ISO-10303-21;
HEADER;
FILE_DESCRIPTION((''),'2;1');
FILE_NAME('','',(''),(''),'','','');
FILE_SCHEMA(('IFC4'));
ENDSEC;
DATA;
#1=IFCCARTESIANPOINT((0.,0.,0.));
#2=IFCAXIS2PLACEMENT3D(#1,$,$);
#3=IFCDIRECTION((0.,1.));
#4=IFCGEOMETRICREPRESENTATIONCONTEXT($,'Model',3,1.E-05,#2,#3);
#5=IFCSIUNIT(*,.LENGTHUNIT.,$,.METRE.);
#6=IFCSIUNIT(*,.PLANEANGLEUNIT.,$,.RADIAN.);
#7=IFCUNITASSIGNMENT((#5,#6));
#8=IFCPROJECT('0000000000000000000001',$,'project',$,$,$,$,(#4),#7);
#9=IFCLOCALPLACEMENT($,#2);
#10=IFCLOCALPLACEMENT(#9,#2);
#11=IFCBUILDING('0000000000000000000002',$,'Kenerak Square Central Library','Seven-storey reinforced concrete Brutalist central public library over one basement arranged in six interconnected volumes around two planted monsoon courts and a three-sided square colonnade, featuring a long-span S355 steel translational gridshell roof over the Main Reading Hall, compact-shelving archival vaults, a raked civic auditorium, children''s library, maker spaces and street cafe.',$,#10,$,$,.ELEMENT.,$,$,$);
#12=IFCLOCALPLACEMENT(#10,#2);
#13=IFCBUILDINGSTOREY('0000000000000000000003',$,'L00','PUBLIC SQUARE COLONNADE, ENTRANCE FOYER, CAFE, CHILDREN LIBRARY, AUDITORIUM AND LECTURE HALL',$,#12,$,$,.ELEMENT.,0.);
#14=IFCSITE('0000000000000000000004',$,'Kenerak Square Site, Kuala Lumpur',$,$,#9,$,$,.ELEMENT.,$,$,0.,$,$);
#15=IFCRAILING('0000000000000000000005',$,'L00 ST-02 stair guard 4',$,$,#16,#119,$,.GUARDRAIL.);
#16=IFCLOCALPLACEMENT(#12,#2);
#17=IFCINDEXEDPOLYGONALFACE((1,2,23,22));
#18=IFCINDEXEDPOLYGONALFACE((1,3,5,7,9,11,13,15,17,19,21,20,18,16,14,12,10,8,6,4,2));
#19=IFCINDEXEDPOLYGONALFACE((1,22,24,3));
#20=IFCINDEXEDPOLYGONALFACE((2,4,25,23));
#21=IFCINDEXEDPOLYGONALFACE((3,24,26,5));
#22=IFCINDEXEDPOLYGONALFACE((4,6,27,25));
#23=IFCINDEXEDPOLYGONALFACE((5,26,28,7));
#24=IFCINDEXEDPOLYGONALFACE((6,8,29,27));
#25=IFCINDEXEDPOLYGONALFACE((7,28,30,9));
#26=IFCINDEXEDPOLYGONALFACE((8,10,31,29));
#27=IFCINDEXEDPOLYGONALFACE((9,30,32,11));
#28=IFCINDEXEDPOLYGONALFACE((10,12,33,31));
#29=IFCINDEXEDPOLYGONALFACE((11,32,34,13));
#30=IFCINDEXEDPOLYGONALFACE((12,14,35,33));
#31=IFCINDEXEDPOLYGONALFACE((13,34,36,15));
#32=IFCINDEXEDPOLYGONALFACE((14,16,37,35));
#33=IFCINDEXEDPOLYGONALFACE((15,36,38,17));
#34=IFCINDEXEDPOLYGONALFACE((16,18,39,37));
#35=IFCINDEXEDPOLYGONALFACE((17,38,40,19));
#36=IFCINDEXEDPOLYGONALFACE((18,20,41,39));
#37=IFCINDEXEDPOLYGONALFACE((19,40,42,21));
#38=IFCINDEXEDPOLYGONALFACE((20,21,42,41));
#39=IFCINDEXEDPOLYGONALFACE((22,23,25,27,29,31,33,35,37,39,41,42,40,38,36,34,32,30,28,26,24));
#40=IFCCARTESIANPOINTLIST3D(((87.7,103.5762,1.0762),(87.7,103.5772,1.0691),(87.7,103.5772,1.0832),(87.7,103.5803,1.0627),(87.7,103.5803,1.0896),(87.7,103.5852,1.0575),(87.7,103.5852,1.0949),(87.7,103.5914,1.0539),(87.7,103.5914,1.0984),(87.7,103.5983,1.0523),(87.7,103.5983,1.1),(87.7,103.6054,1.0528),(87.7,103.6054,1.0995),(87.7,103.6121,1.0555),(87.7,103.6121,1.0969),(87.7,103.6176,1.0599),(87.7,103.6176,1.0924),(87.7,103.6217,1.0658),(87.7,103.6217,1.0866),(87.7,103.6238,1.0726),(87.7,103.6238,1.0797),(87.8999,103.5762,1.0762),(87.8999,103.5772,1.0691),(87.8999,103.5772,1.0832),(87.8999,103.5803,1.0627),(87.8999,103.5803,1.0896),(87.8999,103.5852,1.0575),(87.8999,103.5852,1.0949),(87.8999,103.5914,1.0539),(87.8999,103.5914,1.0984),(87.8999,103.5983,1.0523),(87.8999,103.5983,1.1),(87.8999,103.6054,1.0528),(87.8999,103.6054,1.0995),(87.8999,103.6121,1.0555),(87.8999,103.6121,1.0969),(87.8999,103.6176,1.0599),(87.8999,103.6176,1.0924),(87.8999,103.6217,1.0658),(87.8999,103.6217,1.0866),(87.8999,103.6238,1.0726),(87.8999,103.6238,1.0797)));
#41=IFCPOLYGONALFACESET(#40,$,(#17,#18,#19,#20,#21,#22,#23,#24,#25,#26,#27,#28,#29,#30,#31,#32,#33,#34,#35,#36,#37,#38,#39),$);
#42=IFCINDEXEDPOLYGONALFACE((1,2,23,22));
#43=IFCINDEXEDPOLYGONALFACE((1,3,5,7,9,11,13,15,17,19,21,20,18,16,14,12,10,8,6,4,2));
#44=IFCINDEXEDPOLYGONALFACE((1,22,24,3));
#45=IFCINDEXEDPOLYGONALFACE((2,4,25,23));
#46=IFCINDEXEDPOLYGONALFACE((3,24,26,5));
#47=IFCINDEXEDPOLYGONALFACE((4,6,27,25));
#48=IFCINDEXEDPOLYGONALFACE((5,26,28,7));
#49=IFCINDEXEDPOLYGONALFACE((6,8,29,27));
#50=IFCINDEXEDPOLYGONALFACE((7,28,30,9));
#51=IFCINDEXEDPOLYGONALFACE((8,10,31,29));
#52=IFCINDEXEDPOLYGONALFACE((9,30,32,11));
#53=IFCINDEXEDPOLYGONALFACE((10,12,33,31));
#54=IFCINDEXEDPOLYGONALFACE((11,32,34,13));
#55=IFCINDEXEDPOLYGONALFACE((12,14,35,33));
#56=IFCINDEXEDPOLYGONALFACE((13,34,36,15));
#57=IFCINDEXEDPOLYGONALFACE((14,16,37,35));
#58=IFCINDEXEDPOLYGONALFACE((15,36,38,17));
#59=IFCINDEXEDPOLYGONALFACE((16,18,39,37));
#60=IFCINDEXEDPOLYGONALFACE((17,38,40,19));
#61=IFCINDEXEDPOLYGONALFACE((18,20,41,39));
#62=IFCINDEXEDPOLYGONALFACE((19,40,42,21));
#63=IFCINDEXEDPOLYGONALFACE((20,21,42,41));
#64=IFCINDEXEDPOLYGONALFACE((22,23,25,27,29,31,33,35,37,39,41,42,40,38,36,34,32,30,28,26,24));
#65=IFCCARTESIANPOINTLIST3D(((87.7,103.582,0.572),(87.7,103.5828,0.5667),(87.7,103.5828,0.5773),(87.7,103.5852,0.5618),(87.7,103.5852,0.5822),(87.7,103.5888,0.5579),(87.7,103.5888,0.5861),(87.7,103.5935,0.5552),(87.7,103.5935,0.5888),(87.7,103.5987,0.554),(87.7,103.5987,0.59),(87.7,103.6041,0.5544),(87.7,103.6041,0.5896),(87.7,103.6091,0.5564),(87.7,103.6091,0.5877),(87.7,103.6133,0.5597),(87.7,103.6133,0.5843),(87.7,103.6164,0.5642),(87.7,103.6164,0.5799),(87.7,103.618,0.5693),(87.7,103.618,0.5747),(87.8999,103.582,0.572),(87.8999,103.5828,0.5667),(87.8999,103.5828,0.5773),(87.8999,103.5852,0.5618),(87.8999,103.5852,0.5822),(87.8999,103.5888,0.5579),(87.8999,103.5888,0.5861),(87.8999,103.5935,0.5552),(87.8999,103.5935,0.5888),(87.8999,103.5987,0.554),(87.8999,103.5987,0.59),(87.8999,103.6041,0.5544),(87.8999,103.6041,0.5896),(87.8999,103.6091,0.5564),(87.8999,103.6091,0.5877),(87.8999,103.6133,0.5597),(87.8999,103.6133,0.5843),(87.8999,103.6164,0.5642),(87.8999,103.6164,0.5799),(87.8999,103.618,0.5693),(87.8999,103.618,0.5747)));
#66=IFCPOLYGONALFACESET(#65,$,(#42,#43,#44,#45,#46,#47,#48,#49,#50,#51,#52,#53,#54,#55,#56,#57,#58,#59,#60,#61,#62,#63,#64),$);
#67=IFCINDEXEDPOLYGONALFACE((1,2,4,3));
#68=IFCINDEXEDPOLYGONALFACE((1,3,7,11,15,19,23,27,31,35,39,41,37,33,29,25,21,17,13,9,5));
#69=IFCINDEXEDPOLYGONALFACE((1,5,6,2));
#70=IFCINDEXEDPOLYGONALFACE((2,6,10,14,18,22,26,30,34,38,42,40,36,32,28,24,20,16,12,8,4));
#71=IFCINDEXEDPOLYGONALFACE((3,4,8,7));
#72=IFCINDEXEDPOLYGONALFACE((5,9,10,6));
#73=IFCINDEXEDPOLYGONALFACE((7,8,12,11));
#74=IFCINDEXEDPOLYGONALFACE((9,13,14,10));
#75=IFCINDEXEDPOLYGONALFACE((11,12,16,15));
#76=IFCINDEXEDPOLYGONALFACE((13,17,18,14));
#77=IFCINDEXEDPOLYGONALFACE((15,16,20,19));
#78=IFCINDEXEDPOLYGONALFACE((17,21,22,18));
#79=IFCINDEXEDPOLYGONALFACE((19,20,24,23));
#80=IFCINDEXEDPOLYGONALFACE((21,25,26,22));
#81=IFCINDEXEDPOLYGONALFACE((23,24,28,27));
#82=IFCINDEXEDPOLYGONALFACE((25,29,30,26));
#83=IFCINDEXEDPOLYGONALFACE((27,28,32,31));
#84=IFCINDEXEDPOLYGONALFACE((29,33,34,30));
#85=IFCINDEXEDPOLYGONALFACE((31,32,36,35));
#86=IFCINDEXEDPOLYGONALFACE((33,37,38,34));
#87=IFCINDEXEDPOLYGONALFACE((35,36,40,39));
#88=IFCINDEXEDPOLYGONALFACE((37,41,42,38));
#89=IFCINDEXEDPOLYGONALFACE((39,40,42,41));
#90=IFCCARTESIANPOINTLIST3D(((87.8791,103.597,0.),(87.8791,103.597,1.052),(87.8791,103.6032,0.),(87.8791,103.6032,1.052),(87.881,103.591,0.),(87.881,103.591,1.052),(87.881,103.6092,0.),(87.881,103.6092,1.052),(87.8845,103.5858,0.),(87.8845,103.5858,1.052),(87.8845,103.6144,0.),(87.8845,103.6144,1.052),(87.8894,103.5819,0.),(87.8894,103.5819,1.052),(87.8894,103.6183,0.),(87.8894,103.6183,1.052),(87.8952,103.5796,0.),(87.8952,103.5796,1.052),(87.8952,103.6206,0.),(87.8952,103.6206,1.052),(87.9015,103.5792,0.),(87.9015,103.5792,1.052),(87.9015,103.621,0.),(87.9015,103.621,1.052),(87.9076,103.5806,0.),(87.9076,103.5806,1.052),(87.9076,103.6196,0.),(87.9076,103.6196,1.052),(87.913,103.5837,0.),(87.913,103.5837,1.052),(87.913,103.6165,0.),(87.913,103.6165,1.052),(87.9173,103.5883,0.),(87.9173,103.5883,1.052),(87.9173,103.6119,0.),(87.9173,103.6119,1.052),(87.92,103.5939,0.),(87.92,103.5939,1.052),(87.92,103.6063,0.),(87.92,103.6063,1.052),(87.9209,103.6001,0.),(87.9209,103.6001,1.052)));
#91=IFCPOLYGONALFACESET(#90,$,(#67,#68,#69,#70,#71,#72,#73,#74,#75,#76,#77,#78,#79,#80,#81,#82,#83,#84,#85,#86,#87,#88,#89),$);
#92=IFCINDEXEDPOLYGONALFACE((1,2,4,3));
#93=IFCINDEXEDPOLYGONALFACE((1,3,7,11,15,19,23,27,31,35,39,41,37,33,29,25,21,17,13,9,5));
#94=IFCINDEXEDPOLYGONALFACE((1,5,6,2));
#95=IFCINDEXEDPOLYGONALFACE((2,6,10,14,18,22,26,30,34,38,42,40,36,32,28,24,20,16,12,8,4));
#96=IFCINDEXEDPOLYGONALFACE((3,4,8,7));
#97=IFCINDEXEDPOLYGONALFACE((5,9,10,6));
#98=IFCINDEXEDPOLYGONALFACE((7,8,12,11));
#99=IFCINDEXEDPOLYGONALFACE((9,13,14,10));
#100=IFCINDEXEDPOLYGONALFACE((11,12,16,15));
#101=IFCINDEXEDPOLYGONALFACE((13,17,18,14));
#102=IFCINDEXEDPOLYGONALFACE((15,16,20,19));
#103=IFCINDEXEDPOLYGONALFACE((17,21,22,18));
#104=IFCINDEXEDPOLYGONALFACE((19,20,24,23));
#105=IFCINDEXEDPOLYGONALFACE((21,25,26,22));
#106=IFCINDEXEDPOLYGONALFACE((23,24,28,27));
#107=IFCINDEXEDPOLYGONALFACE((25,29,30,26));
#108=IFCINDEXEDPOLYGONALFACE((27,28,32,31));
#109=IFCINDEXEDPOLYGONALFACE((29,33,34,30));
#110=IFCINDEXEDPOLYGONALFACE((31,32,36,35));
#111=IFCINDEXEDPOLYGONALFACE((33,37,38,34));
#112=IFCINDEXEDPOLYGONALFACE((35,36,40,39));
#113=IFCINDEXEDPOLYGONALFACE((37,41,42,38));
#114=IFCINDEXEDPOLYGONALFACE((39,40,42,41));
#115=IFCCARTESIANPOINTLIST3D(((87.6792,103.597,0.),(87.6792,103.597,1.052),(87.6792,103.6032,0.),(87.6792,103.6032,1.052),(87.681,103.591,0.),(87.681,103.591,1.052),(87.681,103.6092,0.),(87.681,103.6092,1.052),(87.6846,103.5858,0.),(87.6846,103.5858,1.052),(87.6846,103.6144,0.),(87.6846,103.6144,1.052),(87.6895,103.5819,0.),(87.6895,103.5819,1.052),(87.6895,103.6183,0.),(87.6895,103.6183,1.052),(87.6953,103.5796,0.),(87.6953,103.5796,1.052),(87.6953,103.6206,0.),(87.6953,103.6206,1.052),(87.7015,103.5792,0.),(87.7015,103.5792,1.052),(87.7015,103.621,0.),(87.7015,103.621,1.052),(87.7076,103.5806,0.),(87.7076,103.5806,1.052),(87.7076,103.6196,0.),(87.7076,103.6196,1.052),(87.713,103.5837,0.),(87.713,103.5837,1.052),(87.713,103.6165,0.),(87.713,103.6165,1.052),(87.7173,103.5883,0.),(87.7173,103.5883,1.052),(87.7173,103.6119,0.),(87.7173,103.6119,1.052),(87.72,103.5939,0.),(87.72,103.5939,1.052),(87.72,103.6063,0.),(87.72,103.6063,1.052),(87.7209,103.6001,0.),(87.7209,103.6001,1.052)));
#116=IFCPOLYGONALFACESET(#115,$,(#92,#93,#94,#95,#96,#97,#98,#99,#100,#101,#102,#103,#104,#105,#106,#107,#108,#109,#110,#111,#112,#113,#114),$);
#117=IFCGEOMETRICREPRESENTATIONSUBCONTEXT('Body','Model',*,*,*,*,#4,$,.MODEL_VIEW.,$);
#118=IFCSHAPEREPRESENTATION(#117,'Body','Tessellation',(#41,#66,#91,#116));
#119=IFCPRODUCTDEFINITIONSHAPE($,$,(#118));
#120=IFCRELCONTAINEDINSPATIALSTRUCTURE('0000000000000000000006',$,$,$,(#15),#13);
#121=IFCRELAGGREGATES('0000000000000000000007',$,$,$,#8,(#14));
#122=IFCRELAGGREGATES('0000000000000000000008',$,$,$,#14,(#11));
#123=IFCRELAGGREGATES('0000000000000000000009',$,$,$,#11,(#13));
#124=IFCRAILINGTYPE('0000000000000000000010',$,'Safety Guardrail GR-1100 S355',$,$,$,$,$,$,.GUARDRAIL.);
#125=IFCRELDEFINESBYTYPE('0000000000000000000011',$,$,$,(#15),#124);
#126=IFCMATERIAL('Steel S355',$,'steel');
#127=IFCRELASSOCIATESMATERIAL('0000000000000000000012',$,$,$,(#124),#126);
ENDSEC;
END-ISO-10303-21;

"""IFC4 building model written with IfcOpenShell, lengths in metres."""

from ifc_helpers import new_model, si_unit, direction, frame, origin, origin_2d, place, context, subcontext, project, spatial, circle, extrude, material, type_object, element, save


model = new_model("IFC4")

# Units and contexts
model_context = context("Model", 3, precision=1e-05, world=origin(), true_north=direction((0.0, 1.0)))
body_context = subcontext(model_context, "Body", "Model", "MODEL_VIEW")
ifc_project = project(units=[si_unit("LENGTHUNIT", "METRE"), si_unit("PLANEANGLEUNIT", "RADIAN")], contexts=[model_context])

# Site, building, storey
site_placement = place(None, origin())
site = spatial("IfcSite", under=ifc_project, at=site_placement, Name="Kenerak Square Site, Kuala Lumpur", CompositionType="ELEMENT", RefElevation=0.0)
building_placement = place(site_placement, origin())
building = spatial("IfcBuilding", under=site, at=building_placement, Name="Kenerak Square Central Library", Description="Seven-storey reinforced concrete Brutalist central public library over one basement arranged in six interconnected volumes around two planted monsoon courts and a three-sided square colonnade, featuring a long-span S355 steel translational gridshell roof over the Main Reading Hall, compact-shelving archival vaults, a raked civic auditorium, children's library, maker spaces and street cafe.", CompositionType="ELEMENT")
storey_placement = place(building_placement, origin())
storey = spatial("IfcBuildingStorey", under=building, at=storey_placement, Name="L00", Description="PUBLIC SQUARE COLONNADE, ENTRANCE FOYER, CAFE, CHILDREN LIBRARY, AUDITORIUM AND LECTURE HALL", CompositionType="ELEMENT", Elevation=0.0)

# Shared definitions
ifc_material_1 = material(Name="Steel S355", Category="steel")

# Railing
railing_type = type_object("IfcRailingType", Name="Safety Guardrail GR-1100 S355", PredefinedType="GUARDRAIL", material=ifc_material_1)
railing_1_placement = place(storey_placement, frame((87.8999, 103.6001, 0.0)))
element("IfcRailing", 1, at=railing_1_placement, inside=storey, type_object=railing_type, Name="L00 ST-02 stair guard 4", PredefinedType="GUARDRAIL", context=body_context, shape_type="SweptSolid", body=[
    extrude(circle(Radius=0.0239, at=origin_2d()), frame((0.0, 0.0, 1.0762), z_axis=(-1.0, 0.0, 0.0), x_axis=(0.0, -1.0, 0.0)), (0.0, 0.0, 1.0), 0.2),
    extrude(circle(Radius=0.0181, at=origin_2d()), frame((0.0, 0.0, 0.572), z_axis=(-1.0, 0.0, 0.0), x_axis=(0.0, -1.0, 0.0)), (0.0, 0.0, 1.0), 0.2),
    extrude(circle(Radius=0.021, at=origin_2d()), origin(), (0.0, 0.0, 1.0), 1.052),
    extrude(circle(Radius=0.021, at=origin_2d()), frame((-0.2, 0.0, 0.0)), (0.0, 0.0, 1.0), 1.052),
])

save(model, "model.ifc")
